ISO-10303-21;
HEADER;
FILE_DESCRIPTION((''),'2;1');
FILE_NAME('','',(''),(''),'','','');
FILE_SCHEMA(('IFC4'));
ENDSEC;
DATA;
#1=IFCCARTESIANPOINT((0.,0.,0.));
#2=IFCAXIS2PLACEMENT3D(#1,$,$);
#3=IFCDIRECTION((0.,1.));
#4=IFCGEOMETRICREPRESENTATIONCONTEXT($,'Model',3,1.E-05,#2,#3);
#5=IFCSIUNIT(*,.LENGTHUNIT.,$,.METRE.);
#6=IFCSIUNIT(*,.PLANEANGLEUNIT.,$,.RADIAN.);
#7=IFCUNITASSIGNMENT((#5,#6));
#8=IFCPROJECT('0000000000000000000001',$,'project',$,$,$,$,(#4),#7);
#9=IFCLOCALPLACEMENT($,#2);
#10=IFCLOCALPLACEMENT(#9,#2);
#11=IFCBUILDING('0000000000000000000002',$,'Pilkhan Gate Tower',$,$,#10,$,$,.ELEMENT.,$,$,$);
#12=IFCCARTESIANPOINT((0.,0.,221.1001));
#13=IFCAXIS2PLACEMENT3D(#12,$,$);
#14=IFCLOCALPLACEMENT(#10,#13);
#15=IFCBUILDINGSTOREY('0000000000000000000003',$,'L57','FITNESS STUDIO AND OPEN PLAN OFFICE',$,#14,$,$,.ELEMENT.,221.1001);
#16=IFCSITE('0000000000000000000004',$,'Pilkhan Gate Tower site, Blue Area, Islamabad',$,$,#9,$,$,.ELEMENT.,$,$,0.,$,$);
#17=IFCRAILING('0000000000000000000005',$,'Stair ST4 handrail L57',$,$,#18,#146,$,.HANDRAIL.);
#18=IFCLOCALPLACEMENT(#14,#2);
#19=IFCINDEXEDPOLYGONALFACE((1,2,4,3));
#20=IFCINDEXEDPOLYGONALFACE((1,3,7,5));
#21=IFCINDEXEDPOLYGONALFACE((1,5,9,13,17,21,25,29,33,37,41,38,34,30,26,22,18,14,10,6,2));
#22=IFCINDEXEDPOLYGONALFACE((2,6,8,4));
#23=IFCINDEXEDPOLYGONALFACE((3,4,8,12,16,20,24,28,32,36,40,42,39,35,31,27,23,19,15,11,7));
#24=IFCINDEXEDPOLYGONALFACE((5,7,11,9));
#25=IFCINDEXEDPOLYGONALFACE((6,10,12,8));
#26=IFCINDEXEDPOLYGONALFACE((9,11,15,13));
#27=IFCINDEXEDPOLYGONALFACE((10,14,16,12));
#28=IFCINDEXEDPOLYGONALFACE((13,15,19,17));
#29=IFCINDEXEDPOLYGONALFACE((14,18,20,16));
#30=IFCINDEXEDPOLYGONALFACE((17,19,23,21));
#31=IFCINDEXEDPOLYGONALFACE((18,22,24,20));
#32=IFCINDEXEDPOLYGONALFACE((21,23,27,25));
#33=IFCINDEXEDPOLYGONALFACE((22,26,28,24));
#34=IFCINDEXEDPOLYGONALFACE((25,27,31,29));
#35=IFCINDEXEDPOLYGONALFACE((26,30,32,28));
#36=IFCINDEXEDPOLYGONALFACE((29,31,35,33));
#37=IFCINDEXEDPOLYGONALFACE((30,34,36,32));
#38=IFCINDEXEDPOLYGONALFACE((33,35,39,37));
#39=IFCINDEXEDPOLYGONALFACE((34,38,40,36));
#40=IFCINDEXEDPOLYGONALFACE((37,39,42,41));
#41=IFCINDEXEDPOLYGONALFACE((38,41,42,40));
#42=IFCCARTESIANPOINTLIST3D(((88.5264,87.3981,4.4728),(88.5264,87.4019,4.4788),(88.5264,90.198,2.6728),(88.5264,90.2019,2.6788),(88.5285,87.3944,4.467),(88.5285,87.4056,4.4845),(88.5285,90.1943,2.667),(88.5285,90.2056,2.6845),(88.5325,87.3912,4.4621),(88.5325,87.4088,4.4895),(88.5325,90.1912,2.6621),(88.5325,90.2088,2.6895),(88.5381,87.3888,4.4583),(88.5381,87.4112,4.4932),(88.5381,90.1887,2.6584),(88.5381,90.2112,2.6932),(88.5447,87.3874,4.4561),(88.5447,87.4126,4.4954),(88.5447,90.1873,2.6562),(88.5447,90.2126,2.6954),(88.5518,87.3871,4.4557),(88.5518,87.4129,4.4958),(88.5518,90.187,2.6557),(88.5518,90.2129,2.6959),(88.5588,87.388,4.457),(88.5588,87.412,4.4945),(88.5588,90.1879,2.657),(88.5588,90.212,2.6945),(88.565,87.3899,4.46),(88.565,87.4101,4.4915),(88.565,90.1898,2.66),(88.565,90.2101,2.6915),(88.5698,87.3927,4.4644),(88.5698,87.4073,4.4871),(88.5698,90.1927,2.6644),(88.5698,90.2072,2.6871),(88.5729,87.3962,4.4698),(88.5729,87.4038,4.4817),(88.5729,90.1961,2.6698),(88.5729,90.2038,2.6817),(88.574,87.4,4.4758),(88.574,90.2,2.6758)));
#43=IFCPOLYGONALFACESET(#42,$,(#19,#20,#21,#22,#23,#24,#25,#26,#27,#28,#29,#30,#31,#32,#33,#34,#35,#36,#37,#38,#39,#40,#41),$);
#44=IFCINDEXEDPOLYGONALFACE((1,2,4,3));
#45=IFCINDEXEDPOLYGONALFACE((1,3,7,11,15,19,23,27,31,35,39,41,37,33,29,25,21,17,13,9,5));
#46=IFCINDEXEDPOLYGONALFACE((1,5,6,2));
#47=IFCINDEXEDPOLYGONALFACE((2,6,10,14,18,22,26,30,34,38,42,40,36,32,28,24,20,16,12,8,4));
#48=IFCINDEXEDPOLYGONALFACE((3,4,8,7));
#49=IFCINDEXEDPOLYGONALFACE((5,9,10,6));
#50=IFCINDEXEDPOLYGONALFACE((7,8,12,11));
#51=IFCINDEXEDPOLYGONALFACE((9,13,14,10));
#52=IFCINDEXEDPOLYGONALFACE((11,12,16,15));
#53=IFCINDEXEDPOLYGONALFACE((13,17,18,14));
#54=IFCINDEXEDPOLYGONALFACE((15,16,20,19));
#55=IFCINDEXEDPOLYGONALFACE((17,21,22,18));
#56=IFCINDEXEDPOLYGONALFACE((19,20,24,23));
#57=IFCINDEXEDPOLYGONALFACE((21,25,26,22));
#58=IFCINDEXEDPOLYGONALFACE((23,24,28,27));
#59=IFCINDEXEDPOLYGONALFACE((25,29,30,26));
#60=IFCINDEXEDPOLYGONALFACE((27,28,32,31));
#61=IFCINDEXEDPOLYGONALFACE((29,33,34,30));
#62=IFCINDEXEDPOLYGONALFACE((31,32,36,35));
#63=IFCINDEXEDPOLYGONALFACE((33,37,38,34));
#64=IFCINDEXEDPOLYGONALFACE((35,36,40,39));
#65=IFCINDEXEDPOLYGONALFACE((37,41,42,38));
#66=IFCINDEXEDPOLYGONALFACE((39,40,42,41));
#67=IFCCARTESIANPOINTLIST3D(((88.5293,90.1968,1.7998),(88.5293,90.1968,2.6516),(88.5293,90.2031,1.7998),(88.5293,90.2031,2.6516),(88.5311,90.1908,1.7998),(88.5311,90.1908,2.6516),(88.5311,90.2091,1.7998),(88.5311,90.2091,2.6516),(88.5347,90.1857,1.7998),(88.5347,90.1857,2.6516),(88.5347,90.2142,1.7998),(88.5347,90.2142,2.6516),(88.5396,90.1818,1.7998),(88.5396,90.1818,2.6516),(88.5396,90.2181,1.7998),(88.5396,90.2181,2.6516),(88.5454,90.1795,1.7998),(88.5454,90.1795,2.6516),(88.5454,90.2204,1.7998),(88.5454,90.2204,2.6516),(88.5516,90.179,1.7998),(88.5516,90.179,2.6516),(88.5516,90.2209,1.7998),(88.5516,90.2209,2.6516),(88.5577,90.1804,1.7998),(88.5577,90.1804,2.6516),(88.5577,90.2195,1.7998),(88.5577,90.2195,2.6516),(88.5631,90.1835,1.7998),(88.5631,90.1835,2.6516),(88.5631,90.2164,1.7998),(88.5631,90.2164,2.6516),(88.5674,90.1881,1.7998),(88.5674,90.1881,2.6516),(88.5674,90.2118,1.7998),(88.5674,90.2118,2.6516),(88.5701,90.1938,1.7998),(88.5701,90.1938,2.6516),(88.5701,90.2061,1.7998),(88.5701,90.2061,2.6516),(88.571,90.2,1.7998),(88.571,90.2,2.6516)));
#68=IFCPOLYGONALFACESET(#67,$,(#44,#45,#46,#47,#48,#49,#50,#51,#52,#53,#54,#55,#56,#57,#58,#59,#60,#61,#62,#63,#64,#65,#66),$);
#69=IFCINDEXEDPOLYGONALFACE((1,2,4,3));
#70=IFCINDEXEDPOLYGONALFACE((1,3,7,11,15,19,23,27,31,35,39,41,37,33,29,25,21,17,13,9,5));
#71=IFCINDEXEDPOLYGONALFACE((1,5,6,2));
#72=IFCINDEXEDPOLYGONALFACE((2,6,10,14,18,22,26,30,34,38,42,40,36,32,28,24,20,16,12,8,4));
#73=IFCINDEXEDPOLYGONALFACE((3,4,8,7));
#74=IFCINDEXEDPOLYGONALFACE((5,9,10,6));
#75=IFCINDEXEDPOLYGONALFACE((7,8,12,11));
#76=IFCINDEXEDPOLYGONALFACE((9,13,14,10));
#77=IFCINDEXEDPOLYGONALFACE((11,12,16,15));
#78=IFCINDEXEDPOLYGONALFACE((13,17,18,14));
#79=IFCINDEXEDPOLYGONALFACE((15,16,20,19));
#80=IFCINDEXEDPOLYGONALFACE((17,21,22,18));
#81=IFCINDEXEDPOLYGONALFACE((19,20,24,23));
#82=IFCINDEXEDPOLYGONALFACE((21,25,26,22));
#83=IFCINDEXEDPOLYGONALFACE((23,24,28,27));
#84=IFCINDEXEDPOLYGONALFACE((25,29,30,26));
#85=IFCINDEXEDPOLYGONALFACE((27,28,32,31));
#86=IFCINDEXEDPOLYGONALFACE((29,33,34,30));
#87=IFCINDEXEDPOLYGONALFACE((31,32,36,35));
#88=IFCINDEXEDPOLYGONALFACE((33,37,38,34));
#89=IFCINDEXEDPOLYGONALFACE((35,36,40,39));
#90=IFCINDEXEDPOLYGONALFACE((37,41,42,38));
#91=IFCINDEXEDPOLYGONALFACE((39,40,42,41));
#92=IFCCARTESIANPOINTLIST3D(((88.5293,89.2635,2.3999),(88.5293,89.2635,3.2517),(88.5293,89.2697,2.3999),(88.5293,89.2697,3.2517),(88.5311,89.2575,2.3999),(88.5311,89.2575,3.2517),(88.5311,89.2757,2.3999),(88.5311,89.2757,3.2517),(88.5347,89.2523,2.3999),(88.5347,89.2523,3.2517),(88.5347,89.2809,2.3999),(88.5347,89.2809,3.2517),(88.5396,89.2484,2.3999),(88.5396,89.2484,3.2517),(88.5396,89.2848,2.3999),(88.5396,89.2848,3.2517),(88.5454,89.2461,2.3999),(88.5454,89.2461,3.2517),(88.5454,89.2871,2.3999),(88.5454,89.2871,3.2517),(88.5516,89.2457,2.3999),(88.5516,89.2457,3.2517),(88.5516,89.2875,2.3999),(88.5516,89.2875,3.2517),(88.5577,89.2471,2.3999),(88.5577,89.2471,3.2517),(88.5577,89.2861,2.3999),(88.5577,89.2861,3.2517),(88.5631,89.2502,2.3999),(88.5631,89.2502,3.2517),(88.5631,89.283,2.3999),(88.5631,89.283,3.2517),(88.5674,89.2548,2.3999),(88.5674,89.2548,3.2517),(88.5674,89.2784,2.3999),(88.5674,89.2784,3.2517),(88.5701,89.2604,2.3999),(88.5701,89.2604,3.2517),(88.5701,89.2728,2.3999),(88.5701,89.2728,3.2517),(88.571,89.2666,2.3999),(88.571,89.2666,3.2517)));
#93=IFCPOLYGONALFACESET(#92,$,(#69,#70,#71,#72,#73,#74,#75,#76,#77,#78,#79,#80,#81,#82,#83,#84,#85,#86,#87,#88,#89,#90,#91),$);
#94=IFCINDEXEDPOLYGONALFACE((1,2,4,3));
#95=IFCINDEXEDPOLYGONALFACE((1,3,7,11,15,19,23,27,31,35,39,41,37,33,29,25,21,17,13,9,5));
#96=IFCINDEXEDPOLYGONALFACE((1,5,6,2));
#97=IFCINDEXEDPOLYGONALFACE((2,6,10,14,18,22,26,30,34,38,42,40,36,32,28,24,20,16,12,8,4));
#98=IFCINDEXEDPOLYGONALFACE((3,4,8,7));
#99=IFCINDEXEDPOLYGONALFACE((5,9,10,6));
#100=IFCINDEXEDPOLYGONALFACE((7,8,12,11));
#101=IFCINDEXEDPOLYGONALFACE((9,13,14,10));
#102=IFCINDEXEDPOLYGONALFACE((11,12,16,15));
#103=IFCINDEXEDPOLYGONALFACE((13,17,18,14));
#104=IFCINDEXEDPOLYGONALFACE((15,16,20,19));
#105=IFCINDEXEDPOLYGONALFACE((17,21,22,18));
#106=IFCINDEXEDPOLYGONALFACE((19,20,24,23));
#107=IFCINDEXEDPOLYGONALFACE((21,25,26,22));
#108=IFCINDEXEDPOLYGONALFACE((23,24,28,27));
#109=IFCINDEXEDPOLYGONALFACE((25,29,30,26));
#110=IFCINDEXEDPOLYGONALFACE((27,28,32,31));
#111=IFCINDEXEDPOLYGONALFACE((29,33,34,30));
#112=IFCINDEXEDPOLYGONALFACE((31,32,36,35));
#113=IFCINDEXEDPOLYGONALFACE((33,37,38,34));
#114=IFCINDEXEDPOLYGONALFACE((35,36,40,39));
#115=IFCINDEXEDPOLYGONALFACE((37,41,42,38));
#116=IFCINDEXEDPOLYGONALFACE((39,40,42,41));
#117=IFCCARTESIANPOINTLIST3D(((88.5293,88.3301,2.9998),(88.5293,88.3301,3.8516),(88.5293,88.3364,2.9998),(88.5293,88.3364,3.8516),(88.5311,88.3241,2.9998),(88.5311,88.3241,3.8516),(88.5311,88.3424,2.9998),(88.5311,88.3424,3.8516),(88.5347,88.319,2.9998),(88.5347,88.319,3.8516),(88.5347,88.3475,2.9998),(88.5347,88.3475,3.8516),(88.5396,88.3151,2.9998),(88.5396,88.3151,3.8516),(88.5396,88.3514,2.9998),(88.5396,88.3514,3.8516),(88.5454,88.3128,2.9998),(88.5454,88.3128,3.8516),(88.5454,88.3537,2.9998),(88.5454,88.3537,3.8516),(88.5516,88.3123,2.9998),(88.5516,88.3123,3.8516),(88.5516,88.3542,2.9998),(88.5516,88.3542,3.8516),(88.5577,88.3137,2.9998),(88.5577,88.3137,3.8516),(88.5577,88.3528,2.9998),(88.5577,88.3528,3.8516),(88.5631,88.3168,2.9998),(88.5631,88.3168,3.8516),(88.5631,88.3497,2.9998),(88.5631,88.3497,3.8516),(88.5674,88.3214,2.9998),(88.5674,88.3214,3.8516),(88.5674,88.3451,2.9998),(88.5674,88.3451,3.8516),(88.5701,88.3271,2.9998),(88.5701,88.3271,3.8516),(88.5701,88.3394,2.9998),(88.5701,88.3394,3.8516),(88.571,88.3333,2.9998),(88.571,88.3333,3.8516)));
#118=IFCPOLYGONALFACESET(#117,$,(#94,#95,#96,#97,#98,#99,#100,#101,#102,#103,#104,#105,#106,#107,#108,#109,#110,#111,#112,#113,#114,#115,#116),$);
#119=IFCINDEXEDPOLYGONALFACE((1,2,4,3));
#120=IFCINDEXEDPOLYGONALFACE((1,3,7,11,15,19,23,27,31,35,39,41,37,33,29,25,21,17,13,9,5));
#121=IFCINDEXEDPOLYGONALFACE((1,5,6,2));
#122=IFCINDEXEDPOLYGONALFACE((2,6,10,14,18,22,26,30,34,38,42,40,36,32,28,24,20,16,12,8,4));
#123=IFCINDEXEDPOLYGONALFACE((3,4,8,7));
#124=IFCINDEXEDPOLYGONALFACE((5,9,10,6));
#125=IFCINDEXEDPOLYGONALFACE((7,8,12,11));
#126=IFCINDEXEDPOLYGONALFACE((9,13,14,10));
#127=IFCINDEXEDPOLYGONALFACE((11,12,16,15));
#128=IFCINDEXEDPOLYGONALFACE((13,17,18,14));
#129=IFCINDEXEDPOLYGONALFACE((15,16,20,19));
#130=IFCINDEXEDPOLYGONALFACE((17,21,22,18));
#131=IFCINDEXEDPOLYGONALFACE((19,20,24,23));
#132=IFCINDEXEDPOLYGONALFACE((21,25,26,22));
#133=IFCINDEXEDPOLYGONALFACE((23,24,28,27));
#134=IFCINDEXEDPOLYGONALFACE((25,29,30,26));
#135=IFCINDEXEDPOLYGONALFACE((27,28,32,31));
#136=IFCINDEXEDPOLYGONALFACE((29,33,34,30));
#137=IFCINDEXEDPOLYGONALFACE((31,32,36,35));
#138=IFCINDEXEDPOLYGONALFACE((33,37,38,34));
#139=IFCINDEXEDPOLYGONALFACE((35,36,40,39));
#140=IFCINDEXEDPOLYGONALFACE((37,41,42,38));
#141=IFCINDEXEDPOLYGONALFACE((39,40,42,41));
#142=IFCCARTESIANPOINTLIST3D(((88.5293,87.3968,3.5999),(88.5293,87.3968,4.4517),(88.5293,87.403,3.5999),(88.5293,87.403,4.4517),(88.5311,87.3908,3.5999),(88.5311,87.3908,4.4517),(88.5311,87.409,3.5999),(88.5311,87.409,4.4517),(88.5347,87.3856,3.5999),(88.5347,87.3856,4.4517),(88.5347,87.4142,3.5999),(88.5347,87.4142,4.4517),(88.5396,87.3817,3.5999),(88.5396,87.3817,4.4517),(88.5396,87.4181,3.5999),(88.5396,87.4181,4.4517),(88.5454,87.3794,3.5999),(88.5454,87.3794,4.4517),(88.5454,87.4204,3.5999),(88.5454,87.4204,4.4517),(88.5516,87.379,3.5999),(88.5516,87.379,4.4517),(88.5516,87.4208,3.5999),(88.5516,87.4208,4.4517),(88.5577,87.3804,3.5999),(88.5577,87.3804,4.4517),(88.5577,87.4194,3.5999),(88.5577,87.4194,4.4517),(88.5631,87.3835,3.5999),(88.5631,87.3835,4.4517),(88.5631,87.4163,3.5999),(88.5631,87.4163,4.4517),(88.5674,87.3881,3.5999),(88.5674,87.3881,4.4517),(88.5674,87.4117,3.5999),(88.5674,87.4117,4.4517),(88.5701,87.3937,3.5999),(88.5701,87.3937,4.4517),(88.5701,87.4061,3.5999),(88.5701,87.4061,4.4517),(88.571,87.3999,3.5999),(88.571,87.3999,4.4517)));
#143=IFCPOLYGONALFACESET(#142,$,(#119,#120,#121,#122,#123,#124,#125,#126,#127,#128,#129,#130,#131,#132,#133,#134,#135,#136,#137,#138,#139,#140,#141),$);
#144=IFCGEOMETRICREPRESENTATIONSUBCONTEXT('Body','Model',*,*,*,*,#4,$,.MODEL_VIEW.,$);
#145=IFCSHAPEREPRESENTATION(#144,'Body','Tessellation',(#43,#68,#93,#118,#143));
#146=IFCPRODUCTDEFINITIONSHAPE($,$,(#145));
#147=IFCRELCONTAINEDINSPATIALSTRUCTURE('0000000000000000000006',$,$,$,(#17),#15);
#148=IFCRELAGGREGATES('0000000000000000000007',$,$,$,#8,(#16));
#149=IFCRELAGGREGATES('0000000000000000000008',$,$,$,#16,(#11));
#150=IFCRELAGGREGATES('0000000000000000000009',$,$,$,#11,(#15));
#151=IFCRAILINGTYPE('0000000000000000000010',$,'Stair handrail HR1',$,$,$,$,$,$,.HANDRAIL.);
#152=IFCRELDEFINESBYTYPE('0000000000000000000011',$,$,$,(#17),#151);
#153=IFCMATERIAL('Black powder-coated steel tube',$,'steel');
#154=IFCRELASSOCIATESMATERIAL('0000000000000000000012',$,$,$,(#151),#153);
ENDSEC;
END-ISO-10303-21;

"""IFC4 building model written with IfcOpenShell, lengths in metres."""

from ifc_helpers import new_model, si_unit, direction, frame, origin, origin_2d, place, context, subcontext, project, spatial, circle, extrude, material, type_object, element, save


model = new_model("IFC4")

# Units and contexts
model_context = context("Model", 3, precision=1e-05, world=origin(), true_north=direction((0.0, 1.0)))
body_context = subcontext(model_context, "Body", "Model", "MODEL_VIEW")
ifc_project = project(units=[si_unit("LENGTHUNIT", "METRE"), si_unit("PLANEANGLEUNIT", "RADIAN")], contexts=[model_context])

# Site, building, storey
site_placement = place(None, origin())
site = spatial("IfcSite", under=ifc_project, at=site_placement, Name="Pilkhan Gate Tower site, Blue Area, Islamabad", CompositionType="ELEMENT", RefElevation=0.0)
building_placement = place(site_placement, origin())
building = spatial("IfcBuilding", under=site, at=building_placement, Name="Pilkhan Gate Tower", CompositionType="ELEMENT")
storey_placement = place(building_placement, frame((0.0, 0.0, 221.1001)))
storey = spatial("IfcBuildingStorey", under=building, at=storey_placement, Name="L57", Description="FITNESS STUDIO AND OPEN PLAN OFFICE", CompositionType="ELEMENT", Elevation=221.1001)

# Railing
ifc_material_1 = material(Name="Black powder-coated steel tube", Category="steel")
railing_type_1 = type_object("IfcRailingType", Name="Stair handrail HR1", PredefinedType="HANDRAIL", material=ifc_material_1)
railing_1_placement = place(storey_placement, frame((88.55, 90.2, 1.7998)))
element("IfcRailing", 1, at=railing_1_placement, inside=storey, type_object=railing_type_1, Name="Stair ST4 handrail L57", PredefinedType="HANDRAIL", context=body_context, shape_type="SweptSolid", body=[
    extrude(circle(Radius=0.0239, at=origin_2d()), frame((0.0, 0.0, 0.876), z_axis=(0.0, -0.841176, 0.540761), x_axis=(1.0, 0.0, 0.0)), (0.0, 0.0, 1.0), 3.3286),
    extrude(circle(Radius=0.021, at=origin_2d()), origin(), (0.0, 0.0, 1.0), 0.8518),
    extrude(circle(Radius=0.021, at=origin_2d()), frame((0.0, -0.9333, 0.6001)), (0.0, 0.0, 1.0), 0.8518),
    extrude(circle(Radius=0.021, at=origin_2d()), frame((0.0, -1.8667, 1.2)), (0.0, 0.0, 1.0), 0.8518),
    extrude(circle(Radius=0.021, at=origin_2d()), frame((0.0, -2.8, 1.8)), (0.0, 0.0, 1.0), 0.8518),
])

save(model, "model.ifc")
